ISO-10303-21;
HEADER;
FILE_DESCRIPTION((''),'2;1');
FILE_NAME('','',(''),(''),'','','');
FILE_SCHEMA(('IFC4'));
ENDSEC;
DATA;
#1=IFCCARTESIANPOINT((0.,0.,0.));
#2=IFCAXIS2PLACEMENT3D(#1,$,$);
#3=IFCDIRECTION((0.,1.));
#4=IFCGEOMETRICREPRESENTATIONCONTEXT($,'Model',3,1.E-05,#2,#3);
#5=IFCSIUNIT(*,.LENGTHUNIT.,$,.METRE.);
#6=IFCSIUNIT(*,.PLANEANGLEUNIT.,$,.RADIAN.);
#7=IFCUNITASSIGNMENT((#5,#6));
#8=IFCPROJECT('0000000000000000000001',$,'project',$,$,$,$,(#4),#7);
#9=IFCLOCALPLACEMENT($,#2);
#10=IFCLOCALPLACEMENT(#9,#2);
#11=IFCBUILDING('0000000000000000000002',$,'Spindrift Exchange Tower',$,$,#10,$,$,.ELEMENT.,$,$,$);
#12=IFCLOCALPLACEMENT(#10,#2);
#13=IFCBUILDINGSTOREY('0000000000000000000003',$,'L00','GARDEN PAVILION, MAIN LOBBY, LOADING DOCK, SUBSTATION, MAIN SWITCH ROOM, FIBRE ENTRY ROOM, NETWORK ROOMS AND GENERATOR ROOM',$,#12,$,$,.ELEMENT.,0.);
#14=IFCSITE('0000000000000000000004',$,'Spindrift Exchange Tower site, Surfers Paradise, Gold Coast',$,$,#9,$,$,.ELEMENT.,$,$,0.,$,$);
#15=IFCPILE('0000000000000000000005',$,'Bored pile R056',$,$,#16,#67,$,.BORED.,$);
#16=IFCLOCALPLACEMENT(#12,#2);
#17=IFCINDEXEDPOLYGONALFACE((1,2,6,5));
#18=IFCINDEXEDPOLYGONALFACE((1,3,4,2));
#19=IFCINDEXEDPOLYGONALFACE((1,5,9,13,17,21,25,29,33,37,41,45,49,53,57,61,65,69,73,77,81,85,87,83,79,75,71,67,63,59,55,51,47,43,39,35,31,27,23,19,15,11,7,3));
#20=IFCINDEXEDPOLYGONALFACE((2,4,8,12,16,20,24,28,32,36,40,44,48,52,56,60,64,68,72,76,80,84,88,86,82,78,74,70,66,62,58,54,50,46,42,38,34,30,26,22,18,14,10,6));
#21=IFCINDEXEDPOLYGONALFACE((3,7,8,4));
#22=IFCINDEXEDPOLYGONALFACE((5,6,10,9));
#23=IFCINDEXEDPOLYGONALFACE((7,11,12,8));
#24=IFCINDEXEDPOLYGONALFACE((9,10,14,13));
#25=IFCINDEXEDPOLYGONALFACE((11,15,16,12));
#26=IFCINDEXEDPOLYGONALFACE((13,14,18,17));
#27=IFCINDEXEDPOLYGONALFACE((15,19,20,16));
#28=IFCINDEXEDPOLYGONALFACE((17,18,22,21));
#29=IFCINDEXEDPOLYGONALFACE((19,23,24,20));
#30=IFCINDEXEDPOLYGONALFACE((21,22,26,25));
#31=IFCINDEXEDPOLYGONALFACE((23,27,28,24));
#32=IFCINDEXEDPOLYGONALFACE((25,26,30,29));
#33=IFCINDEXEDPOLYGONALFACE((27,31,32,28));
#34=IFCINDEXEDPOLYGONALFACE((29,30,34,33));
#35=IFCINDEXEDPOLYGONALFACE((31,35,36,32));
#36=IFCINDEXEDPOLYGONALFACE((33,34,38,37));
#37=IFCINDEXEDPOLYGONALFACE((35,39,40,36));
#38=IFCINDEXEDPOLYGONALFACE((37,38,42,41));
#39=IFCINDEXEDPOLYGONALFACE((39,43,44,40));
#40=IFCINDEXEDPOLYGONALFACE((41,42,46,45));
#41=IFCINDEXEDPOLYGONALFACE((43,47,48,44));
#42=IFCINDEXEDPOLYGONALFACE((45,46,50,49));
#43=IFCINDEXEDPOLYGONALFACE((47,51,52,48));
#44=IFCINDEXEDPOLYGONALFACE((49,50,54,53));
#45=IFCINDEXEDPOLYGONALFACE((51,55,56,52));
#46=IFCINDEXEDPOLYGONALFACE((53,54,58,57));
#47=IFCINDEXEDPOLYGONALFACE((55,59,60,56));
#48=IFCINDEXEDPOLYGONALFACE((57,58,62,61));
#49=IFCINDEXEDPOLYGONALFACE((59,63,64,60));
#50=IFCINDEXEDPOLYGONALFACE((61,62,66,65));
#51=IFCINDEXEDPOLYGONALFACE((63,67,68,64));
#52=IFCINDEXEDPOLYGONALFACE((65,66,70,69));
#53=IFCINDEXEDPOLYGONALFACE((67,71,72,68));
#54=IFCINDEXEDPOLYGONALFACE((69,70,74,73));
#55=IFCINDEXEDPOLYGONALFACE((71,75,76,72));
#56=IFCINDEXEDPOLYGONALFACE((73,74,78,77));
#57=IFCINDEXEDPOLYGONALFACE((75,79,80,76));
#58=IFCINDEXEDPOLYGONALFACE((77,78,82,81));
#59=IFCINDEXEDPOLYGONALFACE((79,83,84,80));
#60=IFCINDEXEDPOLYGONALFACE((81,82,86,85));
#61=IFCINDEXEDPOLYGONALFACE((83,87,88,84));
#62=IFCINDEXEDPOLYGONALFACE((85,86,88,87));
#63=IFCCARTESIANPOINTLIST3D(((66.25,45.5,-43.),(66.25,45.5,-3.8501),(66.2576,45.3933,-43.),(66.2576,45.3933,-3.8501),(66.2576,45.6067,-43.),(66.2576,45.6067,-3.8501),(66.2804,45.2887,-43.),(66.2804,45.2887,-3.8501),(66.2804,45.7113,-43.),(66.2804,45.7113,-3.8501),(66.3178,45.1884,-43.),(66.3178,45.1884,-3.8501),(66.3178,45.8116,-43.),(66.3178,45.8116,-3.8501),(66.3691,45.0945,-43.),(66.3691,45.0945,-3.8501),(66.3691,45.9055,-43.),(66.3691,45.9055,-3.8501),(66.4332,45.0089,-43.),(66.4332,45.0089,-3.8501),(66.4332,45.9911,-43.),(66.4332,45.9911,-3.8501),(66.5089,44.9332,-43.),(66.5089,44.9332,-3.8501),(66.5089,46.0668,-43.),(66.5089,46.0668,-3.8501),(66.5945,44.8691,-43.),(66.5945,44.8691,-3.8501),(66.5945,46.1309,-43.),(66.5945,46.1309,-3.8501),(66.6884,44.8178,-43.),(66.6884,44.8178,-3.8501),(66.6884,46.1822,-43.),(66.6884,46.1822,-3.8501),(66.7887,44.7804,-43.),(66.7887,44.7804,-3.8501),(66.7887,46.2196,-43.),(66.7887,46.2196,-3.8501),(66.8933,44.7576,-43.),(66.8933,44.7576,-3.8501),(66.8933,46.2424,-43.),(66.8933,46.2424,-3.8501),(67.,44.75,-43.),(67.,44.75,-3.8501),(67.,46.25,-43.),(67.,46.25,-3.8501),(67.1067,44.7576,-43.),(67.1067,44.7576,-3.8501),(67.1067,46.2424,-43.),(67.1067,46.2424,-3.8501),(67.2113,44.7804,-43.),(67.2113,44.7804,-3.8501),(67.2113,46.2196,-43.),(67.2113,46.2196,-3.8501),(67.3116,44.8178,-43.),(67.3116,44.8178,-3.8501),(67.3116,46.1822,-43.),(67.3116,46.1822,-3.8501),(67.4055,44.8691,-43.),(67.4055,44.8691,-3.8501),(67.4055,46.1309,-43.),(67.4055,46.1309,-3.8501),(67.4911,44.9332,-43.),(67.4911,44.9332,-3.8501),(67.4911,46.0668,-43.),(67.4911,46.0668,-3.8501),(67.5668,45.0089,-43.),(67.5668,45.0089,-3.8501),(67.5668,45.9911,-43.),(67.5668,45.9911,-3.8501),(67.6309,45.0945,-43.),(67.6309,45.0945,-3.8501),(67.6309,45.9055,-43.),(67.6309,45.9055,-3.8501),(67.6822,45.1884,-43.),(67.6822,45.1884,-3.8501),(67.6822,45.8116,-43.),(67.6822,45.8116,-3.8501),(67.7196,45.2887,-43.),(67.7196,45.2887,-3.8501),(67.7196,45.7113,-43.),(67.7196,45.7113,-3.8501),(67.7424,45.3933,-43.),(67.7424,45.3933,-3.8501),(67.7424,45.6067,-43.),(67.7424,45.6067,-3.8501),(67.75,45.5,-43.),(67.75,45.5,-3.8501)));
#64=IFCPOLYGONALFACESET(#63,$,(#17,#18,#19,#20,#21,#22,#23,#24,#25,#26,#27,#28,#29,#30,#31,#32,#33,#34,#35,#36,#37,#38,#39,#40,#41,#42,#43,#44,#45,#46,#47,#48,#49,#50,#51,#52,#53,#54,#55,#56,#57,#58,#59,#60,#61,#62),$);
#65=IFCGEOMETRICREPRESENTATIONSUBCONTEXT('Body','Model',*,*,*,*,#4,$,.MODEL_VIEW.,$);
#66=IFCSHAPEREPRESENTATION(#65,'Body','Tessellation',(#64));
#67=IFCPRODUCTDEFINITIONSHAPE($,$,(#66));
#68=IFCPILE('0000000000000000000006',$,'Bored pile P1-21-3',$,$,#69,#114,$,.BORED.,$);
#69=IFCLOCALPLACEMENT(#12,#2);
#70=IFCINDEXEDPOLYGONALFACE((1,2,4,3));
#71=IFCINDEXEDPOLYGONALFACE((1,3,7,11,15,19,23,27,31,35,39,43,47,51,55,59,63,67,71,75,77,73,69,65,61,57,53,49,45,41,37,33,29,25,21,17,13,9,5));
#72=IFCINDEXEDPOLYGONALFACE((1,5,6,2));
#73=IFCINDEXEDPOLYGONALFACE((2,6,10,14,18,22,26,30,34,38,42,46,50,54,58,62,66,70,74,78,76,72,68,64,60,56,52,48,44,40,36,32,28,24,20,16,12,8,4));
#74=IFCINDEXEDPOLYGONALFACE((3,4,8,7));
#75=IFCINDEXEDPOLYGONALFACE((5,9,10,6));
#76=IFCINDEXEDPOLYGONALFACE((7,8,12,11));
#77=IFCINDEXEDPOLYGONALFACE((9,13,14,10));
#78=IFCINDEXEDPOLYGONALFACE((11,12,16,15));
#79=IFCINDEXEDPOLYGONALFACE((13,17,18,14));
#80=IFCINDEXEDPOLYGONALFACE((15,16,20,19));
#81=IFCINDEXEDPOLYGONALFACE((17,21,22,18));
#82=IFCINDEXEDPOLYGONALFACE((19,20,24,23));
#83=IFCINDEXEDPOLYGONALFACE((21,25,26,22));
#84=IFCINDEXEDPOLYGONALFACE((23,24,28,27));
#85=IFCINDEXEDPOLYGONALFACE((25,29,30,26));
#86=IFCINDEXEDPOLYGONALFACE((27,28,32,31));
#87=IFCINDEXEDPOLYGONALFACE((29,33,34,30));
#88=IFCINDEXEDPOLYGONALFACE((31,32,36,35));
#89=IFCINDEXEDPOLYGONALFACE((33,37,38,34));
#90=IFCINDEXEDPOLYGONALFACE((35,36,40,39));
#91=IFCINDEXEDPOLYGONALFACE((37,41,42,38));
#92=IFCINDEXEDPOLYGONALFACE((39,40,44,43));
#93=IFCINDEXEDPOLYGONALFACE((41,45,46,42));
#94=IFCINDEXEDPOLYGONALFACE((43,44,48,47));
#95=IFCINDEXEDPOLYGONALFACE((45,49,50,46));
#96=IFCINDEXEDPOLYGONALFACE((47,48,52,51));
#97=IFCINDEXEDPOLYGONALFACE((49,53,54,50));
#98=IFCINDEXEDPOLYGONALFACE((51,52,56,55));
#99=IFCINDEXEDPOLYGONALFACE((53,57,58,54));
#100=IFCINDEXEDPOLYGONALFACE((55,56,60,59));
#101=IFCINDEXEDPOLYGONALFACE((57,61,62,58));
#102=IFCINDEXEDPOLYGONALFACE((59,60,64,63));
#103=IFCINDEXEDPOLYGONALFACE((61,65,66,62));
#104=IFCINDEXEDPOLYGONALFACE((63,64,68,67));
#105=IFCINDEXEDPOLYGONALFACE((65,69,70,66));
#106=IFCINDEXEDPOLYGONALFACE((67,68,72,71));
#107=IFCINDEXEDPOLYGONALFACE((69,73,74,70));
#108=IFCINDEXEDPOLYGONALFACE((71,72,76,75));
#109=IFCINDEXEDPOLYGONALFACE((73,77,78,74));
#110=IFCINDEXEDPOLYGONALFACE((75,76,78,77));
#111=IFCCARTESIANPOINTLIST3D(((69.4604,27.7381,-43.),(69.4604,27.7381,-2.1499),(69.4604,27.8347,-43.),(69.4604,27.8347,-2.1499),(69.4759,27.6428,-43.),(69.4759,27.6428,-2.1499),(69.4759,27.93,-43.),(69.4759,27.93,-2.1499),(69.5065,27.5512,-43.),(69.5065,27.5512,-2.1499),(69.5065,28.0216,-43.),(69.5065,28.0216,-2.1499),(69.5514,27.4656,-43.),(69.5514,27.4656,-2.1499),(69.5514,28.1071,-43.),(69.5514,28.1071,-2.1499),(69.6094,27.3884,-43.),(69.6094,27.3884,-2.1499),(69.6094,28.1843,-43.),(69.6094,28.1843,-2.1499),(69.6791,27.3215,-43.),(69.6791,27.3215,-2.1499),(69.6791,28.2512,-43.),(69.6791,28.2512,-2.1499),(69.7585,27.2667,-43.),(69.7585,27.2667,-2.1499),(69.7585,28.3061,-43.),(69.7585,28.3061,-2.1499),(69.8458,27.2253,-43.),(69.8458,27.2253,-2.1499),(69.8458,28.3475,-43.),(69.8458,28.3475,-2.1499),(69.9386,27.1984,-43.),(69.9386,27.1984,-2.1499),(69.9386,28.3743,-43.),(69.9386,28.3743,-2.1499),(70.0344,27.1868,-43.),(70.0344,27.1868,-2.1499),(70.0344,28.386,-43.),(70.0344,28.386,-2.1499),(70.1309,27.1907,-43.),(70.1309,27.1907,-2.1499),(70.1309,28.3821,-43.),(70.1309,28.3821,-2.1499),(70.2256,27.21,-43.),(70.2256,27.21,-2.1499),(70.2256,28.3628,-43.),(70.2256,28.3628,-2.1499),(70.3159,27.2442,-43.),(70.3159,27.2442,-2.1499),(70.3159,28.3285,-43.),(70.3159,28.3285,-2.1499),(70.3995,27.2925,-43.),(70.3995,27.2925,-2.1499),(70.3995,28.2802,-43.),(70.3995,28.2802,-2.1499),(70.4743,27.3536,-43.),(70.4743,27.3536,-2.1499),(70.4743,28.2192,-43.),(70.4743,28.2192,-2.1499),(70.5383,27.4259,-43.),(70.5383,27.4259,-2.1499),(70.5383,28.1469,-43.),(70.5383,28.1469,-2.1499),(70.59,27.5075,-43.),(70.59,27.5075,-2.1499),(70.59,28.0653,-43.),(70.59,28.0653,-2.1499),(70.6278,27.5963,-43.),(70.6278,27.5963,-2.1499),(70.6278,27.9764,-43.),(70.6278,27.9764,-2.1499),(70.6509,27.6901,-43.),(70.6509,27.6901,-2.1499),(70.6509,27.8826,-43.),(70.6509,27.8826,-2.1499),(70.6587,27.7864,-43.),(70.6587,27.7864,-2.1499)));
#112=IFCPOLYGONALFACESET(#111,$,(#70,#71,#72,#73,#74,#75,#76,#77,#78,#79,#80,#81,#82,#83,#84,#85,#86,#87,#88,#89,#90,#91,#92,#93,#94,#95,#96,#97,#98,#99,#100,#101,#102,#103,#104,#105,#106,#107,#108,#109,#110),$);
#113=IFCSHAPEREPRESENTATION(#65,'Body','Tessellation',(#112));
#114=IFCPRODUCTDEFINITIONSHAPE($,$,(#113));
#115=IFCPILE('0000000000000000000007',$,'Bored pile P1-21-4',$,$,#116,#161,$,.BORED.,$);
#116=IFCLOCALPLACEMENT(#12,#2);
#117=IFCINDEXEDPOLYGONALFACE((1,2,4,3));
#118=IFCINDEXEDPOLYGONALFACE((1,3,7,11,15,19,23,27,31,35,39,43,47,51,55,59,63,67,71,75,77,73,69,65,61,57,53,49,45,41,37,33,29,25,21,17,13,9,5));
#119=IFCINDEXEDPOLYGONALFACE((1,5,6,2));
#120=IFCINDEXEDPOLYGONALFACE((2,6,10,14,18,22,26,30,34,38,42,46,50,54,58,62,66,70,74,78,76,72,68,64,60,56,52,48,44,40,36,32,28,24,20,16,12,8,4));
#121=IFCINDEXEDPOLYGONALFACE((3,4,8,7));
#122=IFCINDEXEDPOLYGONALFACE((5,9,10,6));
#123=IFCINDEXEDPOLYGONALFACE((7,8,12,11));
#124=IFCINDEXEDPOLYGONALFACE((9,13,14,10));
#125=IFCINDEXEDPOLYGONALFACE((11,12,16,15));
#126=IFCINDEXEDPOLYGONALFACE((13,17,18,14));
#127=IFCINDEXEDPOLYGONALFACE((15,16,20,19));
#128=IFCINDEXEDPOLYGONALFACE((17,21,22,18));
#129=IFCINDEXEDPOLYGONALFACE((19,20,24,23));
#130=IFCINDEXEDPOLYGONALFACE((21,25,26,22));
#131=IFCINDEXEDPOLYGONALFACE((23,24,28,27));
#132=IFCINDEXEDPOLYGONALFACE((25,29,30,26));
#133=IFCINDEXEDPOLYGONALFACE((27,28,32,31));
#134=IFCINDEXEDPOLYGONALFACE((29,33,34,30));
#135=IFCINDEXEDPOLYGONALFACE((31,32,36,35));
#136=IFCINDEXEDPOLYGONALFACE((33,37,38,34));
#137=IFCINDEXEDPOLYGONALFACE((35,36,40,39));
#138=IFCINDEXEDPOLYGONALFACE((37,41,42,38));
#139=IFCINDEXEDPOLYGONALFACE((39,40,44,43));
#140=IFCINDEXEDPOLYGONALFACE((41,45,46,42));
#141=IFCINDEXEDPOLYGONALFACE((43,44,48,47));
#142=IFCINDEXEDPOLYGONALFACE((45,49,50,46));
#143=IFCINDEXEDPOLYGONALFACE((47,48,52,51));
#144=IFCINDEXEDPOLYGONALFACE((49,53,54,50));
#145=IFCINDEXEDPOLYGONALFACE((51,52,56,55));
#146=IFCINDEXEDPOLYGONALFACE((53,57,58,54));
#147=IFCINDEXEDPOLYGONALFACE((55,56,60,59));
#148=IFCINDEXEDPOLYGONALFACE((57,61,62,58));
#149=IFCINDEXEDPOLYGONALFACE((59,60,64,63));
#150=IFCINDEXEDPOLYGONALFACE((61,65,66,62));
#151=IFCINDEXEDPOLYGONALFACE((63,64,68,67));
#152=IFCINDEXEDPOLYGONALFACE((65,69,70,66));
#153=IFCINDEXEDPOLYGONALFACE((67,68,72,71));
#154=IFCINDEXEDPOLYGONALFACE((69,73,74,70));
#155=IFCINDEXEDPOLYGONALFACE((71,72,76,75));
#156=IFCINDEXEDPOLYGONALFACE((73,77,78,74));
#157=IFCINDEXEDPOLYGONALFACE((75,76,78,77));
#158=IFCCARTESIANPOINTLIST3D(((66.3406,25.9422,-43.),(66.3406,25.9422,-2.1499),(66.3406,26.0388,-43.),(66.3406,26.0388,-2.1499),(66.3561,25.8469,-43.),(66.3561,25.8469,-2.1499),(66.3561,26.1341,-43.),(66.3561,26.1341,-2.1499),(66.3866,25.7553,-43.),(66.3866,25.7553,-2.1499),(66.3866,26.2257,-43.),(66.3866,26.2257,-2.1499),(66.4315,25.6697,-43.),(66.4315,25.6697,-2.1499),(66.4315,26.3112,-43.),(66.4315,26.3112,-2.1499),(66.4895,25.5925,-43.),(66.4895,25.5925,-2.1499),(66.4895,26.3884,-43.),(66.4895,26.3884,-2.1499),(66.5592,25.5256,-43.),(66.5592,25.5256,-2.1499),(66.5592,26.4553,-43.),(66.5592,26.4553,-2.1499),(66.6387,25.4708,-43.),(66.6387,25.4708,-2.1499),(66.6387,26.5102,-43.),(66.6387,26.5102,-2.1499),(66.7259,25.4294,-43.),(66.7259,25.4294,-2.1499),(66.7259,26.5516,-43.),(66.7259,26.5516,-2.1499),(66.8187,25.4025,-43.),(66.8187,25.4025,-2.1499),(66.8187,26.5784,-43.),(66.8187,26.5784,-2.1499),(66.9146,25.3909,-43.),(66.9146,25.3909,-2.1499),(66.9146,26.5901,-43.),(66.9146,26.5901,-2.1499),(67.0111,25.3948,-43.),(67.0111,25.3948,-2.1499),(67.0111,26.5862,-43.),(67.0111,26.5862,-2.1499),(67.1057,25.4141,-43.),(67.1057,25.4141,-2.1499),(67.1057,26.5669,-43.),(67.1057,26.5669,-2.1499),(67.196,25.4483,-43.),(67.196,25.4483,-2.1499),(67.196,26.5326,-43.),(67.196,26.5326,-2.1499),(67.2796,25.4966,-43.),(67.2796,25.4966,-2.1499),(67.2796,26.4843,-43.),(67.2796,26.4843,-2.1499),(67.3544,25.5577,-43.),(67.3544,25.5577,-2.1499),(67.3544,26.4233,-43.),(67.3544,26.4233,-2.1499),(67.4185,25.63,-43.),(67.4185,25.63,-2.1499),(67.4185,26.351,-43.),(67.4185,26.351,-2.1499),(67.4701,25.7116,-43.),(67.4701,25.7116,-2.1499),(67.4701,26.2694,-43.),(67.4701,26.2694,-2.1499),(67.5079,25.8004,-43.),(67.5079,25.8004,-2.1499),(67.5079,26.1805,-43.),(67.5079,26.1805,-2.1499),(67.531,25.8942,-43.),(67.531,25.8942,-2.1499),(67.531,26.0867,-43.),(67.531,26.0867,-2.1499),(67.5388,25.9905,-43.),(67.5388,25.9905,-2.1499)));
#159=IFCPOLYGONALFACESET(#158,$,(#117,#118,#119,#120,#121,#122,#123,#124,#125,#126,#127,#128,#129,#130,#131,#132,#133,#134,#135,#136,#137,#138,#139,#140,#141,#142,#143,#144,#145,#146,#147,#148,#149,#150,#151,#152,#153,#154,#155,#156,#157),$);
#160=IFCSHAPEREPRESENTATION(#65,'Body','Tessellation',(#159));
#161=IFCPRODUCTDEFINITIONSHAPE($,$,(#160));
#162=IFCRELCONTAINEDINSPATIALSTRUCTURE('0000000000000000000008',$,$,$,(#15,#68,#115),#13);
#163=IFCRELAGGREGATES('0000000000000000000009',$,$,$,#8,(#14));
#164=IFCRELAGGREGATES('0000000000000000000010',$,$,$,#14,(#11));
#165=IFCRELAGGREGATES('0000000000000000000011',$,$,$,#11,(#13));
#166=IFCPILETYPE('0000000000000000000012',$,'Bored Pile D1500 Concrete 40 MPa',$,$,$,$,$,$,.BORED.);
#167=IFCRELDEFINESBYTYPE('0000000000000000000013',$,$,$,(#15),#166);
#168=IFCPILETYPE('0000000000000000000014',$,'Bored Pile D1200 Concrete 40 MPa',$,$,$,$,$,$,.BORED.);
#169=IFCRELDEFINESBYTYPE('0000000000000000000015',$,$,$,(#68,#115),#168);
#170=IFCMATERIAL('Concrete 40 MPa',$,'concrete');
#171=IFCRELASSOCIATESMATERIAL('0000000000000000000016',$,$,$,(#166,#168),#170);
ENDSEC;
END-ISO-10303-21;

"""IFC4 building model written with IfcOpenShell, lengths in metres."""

from ifc_helpers import new_model, si_unit, direction, frame, origin, origin_2d, place, context, subcontext, project, spatial, circle, extrude, source, transform, mapped, material, material_profile, profile_set, type_object, element, save


model = new_model("IFC4")

# Units and contexts
model_context = context("Model", 3, precision=1e-05, world=origin(), true_north=direction((0.0, 1.0)))
body_context = subcontext(model_context, "Body", "Model", "MODEL_VIEW")
ifc_project = project(units=[si_unit("LENGTHUNIT", "METRE"), si_unit("PLANEANGLEUNIT", "RADIAN")], contexts=[model_context])

# Site, building, storey
site_placement = place(None, origin())
site = spatial("IfcSite", under=ifc_project, at=site_placement, Name="Spindrift Exchange Tower site, Surfers Paradise, Gold Coast", CompositionType="ELEMENT", RefElevation=0.0)
building_placement = place(site_placement, origin())
building = spatial("IfcBuilding", under=site, at=building_placement, Name="Spindrift Exchange Tower", CompositionType="ELEMENT")
storey_placement = place(building_placement, origin())
storey = spatial("IfcBuildingStorey", under=building, at=storey_placement, Name="L00", Description="GARDEN PAVILION, MAIN LOBBY, LOADING DOCK, SUBSTATION, MAIN SWITCH ROOM, FIBRE ENTRY ROOM, NETWORK ROOMS AND GENERATOR ROOM", CompositionType="ELEMENT", Elevation=0.0)

# Piles
ifc_material_1 = material(Name="Concrete 40 MPa", Category="concrete")
ifc_material_profile_1 = material_profile(ifc_material_1, circle(Radius=0.75, at=origin_2d()), Name="BP D1500")
ifc_profile_set_1 = profile_set([ifc_material_profile_1], Name="Concrete 40 MPa")
pile_type_1 = type_object("IfcPileType", Name="Bored Pile D1500 Concrete 40 MPa", PredefinedType="BORED", material=ifc_profile_set_1)
shared_shape_1 = source(origin(), body_context, "Body", "SweptSolid", [
    extrude(circle(Radius=0.75, at=origin_2d()), origin(), (0.0, 0.0, 1.0), 39.1499),
])
for number, where, z_axis, x_axis, name in (
    (1, (67.0, 45.5, -3.8501), (0.0, 0.0, -1.0), (1.0, 0.0, 0.0), "Bored pile R056"),
):
    element("IfcPile", number, at=place(storey_placement, frame(where, z_axis=z_axis, x_axis=x_axis)), inside=storey, type_object=pile_type_1, Name=name, PredefinedType="BORED", context=body_context, shape_type="MappedRepresentation", body=[
        mapped(shared_shape_1, transform((0.0, 0.0, 0.0), scale=1.0)),
    ])
ifc_material_profile_2 = material_profile(ifc_material_1, circle(Radius=0.6001, at=origin_2d()), Name="BP D1200")
ifc_profile_set_2 = profile_set([ifc_material_profile_2], Name="Concrete 40 MPa")
pile_type_2 = type_object("IfcPileType", Name="Bored Pile D1200 Concrete 40 MPa", PredefinedType="BORED", material=ifc_profile_set_2)
shared_shape_2 = source(origin(), body_context, "Body", "SweptSolid", [
    extrude(circle(Radius=0.6001, at=origin_2d()), origin(), (0.0, 0.0, 1.0), 40.8501),
])
for number, where, z_axis, x_axis, name in (
    (2, (70.0586, 27.7864, -2.1499), (0.0, 0.0, -1.0), (1.0, 0.0, 0.0), "Bored pile P1-21-3"),
    (3, (66.9387, 25.9905, -2.1499), (0.0, 0.0, -1.0), (1.0, 0.0, 0.0), "Bored pile P1-21-4"),
):
    element("IfcPile", number, at=place(storey_placement, frame(where, z_axis=z_axis, x_axis=x_axis)), inside=storey, type_object=pile_type_2, Name=name, PredefinedType="BORED", context=body_context, shape_type="MappedRepresentation", body=[
        mapped(shared_shape_2, transform((0.0, 0.0, 0.0), scale=1.0)),
    ])

save(model, "model.ifc")
